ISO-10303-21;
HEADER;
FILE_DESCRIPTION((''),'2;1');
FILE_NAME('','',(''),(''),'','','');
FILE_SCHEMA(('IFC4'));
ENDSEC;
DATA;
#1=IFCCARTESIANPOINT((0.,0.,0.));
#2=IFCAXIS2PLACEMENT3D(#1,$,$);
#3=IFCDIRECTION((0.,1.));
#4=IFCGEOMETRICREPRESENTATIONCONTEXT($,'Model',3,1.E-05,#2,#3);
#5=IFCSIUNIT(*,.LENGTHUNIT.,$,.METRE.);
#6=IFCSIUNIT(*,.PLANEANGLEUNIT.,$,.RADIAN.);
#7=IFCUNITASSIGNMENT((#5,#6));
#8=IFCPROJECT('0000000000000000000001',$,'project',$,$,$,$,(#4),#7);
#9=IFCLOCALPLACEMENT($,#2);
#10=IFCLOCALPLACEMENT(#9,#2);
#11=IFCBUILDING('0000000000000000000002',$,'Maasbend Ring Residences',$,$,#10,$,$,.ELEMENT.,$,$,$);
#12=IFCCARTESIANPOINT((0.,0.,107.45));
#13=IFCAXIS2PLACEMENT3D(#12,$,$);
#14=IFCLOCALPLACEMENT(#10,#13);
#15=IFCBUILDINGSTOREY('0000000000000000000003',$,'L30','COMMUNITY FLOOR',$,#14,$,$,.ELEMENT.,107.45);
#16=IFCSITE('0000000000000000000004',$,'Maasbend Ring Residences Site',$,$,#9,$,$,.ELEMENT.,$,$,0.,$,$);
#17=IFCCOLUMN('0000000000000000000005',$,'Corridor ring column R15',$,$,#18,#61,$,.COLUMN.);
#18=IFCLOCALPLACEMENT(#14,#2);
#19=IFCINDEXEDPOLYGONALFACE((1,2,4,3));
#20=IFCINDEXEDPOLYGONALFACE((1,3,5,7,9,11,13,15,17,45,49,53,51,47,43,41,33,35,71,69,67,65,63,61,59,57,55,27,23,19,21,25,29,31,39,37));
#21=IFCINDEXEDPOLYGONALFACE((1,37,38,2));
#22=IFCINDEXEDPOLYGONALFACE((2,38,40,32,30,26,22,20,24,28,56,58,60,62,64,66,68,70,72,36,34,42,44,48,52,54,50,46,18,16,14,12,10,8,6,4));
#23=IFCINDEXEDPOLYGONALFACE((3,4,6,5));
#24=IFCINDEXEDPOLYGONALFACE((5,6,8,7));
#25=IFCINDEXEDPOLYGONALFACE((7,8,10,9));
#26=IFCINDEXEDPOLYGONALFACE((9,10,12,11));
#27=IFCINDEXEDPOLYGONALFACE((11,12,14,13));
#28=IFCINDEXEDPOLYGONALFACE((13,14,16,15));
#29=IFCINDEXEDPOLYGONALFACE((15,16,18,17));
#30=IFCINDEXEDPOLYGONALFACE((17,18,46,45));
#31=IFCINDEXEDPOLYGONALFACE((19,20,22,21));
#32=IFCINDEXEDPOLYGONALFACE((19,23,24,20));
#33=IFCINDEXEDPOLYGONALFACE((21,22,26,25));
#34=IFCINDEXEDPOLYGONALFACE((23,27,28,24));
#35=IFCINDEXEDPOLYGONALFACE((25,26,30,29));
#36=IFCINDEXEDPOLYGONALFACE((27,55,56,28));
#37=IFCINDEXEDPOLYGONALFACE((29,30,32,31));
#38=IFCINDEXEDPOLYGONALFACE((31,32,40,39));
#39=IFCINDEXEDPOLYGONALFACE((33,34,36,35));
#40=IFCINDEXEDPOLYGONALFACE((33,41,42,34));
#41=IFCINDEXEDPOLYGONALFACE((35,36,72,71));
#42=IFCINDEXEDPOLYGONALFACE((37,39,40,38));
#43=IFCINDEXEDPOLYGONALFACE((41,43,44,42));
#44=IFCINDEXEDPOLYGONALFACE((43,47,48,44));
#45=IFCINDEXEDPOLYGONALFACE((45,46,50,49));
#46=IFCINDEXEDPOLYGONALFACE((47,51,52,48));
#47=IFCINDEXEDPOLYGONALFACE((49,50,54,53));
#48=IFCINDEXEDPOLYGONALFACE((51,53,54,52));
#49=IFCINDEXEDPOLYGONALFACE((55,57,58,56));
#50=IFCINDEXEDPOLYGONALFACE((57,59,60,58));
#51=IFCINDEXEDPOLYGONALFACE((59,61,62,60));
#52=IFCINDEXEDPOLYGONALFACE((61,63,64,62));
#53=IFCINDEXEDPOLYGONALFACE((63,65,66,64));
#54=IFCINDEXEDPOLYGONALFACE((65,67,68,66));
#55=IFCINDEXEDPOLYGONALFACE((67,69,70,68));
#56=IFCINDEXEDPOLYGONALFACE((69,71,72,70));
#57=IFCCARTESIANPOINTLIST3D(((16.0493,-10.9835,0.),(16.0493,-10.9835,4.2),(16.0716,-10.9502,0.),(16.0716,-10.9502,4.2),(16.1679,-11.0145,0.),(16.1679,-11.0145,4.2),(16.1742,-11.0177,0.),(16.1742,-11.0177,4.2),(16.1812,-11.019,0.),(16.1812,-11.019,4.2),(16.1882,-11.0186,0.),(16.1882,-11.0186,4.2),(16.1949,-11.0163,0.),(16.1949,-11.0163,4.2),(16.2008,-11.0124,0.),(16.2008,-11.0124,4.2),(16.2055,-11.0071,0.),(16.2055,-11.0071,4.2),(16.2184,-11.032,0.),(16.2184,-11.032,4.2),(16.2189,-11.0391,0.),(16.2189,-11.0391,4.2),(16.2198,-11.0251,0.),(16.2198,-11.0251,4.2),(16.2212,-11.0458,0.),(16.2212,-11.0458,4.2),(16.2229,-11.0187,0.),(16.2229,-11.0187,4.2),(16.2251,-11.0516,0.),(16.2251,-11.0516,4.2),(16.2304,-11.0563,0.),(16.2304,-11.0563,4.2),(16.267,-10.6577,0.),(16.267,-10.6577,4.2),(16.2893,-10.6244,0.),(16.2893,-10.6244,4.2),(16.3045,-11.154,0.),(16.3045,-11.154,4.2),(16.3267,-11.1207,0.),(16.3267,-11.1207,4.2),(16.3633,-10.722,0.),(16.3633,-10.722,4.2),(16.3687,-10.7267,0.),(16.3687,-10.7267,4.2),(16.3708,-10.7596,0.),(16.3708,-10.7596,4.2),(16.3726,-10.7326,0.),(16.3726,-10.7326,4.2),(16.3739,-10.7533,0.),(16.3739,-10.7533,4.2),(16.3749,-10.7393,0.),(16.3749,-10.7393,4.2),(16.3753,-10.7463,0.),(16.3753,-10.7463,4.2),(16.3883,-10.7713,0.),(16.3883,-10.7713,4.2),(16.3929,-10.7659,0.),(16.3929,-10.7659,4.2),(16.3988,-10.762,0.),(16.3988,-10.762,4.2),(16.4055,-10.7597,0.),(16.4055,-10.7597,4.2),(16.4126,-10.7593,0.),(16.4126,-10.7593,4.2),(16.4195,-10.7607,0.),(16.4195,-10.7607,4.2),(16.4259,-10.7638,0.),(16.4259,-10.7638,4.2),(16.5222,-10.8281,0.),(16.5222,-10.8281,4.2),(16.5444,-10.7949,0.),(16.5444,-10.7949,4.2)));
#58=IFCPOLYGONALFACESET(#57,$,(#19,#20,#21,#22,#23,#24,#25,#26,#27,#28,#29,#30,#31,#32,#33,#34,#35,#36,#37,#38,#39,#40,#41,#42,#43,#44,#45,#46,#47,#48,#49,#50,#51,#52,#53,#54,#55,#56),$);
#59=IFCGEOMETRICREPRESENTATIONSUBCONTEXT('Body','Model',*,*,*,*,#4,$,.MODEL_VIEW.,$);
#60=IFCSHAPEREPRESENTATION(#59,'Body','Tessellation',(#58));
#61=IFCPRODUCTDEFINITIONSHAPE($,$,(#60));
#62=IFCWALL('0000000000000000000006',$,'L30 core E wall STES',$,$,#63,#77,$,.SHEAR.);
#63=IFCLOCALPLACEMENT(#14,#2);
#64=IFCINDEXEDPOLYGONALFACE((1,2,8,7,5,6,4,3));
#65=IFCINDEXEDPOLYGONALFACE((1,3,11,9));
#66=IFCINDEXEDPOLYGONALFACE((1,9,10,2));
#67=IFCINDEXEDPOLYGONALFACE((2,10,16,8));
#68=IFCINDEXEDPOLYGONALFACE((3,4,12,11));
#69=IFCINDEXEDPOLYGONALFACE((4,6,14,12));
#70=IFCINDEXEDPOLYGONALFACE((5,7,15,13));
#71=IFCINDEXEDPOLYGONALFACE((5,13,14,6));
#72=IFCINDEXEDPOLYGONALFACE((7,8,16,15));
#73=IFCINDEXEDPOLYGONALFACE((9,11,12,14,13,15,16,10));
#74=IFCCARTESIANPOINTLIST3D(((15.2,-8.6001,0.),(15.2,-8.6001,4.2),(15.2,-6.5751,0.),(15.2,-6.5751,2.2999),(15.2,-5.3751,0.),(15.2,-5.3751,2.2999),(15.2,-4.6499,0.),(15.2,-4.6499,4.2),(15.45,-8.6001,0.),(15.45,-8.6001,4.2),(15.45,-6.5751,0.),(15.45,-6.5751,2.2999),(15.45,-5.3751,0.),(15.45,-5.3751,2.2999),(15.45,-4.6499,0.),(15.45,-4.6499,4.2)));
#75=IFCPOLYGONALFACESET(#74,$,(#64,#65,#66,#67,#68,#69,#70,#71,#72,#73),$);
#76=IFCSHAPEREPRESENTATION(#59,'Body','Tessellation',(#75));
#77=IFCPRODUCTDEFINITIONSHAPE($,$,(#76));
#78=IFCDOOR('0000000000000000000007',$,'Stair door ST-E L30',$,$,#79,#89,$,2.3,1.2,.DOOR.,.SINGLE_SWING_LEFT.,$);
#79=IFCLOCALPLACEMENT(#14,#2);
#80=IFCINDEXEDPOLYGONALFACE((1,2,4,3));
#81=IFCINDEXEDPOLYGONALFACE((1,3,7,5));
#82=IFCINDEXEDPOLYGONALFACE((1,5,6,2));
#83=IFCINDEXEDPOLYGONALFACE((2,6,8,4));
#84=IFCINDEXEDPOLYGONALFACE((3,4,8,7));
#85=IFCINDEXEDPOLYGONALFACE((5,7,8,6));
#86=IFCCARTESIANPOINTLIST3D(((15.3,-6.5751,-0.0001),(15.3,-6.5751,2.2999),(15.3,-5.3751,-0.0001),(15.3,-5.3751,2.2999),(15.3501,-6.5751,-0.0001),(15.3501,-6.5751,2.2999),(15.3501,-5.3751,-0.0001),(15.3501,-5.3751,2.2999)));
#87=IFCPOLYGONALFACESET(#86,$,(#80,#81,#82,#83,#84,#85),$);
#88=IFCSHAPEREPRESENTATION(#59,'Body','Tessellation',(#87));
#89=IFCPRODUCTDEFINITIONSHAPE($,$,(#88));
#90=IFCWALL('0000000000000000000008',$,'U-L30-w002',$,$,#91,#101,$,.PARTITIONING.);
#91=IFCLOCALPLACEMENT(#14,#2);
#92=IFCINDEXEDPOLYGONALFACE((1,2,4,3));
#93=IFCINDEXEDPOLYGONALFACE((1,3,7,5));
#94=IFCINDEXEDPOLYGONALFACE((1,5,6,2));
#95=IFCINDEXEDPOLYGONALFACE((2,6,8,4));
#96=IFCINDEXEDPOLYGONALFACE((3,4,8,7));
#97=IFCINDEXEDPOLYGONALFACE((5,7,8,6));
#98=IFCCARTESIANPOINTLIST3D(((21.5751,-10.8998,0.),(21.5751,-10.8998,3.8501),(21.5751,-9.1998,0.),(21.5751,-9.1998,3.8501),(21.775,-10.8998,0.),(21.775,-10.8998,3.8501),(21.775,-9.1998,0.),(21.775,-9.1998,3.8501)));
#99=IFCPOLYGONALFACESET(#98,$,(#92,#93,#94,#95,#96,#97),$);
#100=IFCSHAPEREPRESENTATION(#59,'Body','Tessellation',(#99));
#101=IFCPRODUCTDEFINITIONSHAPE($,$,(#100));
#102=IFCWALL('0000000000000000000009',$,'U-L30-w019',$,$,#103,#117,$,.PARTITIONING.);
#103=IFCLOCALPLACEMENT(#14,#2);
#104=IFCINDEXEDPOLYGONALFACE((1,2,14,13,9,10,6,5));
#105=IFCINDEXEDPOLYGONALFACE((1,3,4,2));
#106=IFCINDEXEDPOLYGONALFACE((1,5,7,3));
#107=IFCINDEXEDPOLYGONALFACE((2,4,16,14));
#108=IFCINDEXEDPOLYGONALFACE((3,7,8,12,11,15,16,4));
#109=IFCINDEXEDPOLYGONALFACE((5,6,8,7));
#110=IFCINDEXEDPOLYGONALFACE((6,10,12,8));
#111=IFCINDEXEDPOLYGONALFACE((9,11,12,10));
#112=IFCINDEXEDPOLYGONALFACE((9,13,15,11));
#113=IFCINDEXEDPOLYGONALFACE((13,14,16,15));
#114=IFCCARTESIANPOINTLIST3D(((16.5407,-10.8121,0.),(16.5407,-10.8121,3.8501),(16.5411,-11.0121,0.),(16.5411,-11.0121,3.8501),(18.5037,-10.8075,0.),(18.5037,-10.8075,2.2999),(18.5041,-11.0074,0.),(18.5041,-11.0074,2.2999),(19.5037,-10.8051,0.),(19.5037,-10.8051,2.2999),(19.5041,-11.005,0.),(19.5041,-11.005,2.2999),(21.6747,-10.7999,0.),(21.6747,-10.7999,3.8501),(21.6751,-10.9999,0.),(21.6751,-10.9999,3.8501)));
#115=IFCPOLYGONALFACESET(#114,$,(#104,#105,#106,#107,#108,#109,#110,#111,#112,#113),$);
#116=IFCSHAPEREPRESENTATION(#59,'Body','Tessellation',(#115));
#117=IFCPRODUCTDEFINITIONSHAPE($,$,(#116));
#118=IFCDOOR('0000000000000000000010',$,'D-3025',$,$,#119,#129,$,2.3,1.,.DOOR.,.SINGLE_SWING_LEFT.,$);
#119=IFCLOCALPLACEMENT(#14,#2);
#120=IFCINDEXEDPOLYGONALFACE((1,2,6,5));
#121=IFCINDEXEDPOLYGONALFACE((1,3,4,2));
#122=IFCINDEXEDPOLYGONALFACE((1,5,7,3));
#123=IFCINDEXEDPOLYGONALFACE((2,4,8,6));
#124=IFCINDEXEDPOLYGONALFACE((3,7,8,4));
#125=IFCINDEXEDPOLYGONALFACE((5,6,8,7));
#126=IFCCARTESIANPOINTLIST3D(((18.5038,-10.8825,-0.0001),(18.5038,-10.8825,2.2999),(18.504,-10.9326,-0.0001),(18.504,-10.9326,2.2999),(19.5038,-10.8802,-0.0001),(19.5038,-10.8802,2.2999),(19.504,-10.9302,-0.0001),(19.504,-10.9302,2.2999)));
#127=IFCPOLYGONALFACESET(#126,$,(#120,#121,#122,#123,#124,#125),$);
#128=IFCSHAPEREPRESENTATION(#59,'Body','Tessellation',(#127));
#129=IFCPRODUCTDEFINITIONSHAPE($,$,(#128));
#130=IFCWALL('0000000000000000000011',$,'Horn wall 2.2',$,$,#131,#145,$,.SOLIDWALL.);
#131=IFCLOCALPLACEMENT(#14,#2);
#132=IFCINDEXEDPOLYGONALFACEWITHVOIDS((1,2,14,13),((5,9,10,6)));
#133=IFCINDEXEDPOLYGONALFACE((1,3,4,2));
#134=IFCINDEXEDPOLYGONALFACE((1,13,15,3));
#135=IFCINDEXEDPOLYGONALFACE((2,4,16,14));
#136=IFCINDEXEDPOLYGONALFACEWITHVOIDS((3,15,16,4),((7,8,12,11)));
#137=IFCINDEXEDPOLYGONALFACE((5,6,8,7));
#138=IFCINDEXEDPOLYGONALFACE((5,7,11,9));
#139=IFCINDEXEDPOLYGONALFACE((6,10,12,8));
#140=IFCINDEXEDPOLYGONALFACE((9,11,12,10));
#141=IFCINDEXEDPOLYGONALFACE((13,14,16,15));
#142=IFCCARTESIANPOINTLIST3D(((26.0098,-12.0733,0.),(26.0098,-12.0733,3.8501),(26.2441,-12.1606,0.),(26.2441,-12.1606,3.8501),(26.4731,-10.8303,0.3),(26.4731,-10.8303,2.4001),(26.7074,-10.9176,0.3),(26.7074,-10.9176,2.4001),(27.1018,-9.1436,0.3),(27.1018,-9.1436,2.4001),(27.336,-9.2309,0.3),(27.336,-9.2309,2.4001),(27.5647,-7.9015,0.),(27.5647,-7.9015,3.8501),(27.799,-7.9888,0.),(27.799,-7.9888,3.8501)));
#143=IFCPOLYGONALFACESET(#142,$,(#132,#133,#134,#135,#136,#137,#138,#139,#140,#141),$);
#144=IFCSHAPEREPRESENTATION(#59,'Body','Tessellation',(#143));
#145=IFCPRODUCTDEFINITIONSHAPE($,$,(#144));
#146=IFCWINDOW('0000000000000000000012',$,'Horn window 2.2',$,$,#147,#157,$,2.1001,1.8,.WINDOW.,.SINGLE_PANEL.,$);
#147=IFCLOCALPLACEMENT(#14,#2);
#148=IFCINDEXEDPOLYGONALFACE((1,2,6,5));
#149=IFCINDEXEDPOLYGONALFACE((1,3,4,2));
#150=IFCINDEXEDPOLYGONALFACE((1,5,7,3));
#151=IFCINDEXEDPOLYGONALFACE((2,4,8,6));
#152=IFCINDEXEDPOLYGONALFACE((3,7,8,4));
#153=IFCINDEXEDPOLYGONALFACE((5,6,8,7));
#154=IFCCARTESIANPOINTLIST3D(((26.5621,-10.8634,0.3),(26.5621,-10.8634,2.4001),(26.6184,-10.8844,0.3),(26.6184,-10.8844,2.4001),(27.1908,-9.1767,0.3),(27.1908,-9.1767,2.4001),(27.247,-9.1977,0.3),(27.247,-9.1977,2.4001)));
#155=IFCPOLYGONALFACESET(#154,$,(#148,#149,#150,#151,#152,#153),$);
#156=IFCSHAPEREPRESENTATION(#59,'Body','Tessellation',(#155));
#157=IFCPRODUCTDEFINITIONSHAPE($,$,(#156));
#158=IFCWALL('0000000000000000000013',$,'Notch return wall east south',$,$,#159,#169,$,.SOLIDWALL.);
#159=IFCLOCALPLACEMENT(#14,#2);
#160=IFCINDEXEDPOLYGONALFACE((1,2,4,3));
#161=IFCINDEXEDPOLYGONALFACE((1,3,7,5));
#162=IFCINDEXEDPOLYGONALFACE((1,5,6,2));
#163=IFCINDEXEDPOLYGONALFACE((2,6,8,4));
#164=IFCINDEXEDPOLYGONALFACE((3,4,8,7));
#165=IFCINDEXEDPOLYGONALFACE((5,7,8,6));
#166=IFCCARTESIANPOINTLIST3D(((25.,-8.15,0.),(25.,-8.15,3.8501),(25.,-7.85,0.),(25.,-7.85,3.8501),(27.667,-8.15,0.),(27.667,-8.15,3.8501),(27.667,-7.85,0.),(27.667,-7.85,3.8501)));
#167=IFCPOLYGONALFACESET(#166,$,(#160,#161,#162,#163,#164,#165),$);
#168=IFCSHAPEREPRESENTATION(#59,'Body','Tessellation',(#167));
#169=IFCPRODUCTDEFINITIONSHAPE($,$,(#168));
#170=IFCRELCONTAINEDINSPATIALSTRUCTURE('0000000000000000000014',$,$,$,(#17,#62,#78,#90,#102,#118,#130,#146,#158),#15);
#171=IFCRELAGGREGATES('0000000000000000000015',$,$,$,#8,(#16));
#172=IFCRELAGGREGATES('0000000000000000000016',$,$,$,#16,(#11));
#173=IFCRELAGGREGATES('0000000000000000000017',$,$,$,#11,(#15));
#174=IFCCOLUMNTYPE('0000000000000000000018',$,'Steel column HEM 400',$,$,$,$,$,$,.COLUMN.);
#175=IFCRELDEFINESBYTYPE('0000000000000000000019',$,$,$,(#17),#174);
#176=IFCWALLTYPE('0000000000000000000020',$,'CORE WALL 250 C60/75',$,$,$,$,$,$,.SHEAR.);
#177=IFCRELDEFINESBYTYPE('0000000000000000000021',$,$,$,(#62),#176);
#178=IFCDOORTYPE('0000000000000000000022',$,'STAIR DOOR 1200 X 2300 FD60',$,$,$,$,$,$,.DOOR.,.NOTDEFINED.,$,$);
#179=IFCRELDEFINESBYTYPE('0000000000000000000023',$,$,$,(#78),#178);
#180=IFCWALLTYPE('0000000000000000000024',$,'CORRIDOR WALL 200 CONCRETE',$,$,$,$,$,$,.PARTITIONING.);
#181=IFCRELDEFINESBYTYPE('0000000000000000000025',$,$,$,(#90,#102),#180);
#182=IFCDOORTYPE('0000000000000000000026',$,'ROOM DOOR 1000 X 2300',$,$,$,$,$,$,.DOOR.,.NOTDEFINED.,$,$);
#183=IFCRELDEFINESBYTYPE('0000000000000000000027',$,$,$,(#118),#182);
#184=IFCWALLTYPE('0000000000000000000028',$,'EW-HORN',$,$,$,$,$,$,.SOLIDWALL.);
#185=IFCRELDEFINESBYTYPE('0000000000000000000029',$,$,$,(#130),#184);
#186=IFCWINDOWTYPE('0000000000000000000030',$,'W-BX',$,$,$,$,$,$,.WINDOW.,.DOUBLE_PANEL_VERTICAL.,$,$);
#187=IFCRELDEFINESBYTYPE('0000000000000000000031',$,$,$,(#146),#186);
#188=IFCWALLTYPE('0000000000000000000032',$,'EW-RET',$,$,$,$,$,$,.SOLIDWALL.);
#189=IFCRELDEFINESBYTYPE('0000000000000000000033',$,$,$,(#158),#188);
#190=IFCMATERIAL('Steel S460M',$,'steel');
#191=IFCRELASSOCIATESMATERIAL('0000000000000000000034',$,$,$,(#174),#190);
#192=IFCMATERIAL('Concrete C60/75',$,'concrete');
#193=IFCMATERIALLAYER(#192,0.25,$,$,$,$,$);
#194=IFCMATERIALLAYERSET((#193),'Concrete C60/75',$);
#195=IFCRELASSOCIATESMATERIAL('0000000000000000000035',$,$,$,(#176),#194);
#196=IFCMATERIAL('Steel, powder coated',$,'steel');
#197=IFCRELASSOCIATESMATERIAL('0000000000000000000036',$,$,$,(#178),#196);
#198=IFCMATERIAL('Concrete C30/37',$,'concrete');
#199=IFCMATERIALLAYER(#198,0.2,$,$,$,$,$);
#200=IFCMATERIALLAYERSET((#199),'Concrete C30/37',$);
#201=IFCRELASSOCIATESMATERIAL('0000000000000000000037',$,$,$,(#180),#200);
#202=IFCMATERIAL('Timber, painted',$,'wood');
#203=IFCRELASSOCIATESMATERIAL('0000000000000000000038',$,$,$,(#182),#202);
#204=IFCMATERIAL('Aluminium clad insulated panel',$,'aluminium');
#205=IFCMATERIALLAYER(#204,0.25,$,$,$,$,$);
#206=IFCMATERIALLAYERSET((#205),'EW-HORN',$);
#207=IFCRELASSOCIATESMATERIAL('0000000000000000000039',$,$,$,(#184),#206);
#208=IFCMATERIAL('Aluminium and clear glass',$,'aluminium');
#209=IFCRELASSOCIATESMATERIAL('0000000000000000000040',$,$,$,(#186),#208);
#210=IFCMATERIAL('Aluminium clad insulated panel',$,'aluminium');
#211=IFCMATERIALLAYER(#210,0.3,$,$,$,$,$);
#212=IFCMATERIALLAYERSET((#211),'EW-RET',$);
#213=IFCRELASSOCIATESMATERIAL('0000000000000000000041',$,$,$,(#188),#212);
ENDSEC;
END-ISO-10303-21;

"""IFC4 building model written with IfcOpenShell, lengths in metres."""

from ifc_helpers import new_model, si_unit, direction, frame, frame_2d, origin, origin_2d, place, context, subcontext, project, spatial, rectangle, i_section, extrude, material, layer, layer_set, material_profile, profile_set, type_object, element, fill, save


model = new_model("IFC4")

# Units and contexts
model_context = context("Model", 3, precision=1e-05, world=origin(), true_north=direction((0.0, 1.0)))
body_context = subcontext(model_context, "Body", "Model", "MODEL_VIEW")
ifc_project = project(units=[si_unit("LENGTHUNIT", "METRE"), si_unit("PLANEANGLEUNIT", "RADIAN")], contexts=[model_context])

# Site, building, storey
site_placement = place(None, origin())
site = spatial("IfcSite", under=ifc_project, at=site_placement, Name="Maasbend Ring Residences Site", CompositionType="ELEMENT", RefElevation=0.0)
building_placement = place(site_placement, origin())
building = spatial("IfcBuilding", under=site, at=building_placement, Name="Maasbend Ring Residences", CompositionType="ELEMENT")
storey_placement = place(building_placement, frame((0.0, 0.0, 107.45)))
storey = spatial("IfcBuildingStorey", under=building, at=storey_placement, Name="L30", Description="COMMUNITY FLOOR", CompositionType="ELEMENT", Elevation=107.45)

# Column
ifc_material_1 = material(Name="Steel S460M", Category="steel")
ifc_material_profile = material_profile(ifc_material_1, i_section(OverallWidth=0.3069, OverallDepth=0.4319, WebThickness=0.021, FlangeThickness=0.04, FilletRadius=0.0271, at=origin_2d()), Name="HEM 400")
ifc_profile_set = profile_set([ifc_material_profile], Name="Steel S460M")
column_type = type_object("IfcColumnType", Name="Steel column HEM 400", PredefinedType="COLUMN", material=ifc_profile_set)
column_placement = place(storey_placement, frame((16.2969, -10.8892, 0.0), z_axis=(0.0, 0.0, 1.0), x_axis=(0.83147, -0.55557, 0.0)))
element("IfcColumn", 1, at=column_placement, inside=storey, type_object=column_type, Name="Corridor ring column R15", PredefinedType="COLUMN", context=body_context, shape_type="SweptSolid", body=[
    extrude(i_section(OverallWidth=0.3069, OverallDepth=0.4319, WebThickness=0.021, FlangeThickness=0.04, FilletRadius=0.0271, at=origin_2d()), origin(), (0.0, 0.0, 1.0), 4.2),
])

# Wall, opening, door
ifc_material_2 = material(Name="Concrete C60/75", Category="concrete")
ifc_layer_1 = layer(ifc_material_2, 0.25)
ifc_layer_set_1 = layer_set([ifc_layer_1], Name="Concrete C60/75")
wall_type_1 = type_object("IfcWallType", Name="CORE WALL 250 C60/75", PredefinedType="SHEAR", material=ifc_layer_set_1)
wall_1_placement = place(storey_placement, frame((15.325, -8.6001, 0.0), z_axis=(0.0, 0.0, 1.0), x_axis=(0.0, 1.0, 0.0)))
wall_1 = element("IfcWall", 2, at=wall_1_placement, inside=storey, type_object=wall_type_1, Name="L30 core E wall STES", PredefinedType="SHEAR", context=body_context, shape_type="SweptSolid", body=[
    extrude(rectangle(XDim=3.9502, YDim=0.25, at=frame_2d((1.9751, 0.0))), origin(), (0.0, 0.0, 1.0), 4.2),
])
opening_1_placement = place(wall_1_placement, frame((2.0249, 0.0, 0.0)))
opening_1 = element("IfcOpeningElement", 3, at=opening_1_placement, cuts=wall_1, PredefinedType="OPENING", context=body_context, shape_type="SweptSolid", body=[
    extrude(rectangle(XDim=1.2, YDim=2.3, at=frame_2d((0.6001, 1.1499))), frame((0.0, 0.135, 0.0), z_axis=(0.0, -1.0, 0.0), x_axis=(1.0, 0.0, 0.0)), (0.0, 0.0, 1.0), 0.27),
])
ifc_material_3 = material(Name="Steel, powder coated", Category="steel")
door_type_1 = type_object("IfcDoorType", Name="STAIR DOOR 1200 X 2300 FD60", OperationType="NOTDEFINED", PredefinedType="DOOR", material=ifc_material_3)
door_1_placement = place(opening_1_placement, origin())
door_1 = element("IfcDoor", 4, at=door_1_placement, inside=storey, type_object=door_type_1, Name="Stair door ST-E L30", OperationType="SINGLE_SWING_LEFT", OverallHeight=2.3, OverallWidth=1.2, PredefinedType="DOOR", context=body_context, shape_type="SweptSolid", body=[
    extrude(rectangle(XDim=1.2, YDim=2.3, at=frame_2d((0.6001, 1.1499))), frame((0.0, 0.0249, 0.0), z_axis=(0.0, -1.0, 0.0), x_axis=(1.0, 0.0, 0.0)), (0.0, 0.0, 1.0), 0.05),
])
fill(opening_1, door_1)

# Wall
ifc_material_4 = material(Name="Concrete C30/37", Category="concrete")
ifc_layer_2 = layer(ifc_material_4, 0.2)
ifc_layer_set_2 = layer_set([ifc_layer_2], Name="Concrete C30/37")
wall_type_2 = type_object("IfcWallType", Name="CORRIDOR WALL 200 CONCRETE", PredefinedType="PARTITIONING", material=ifc_layer_set_2)
wall_2_placement = place(storey_placement, frame((21.675, -10.8999, 0.0), z_axis=(0.0, 0.0, 1.0), x_axis=(0.0, 1.0, 0.0)))
element("IfcWall", 5, at=wall_2_placement, inside=storey, type_object=wall_type_2, Name="U-L30-w002", PredefinedType="PARTITIONING", context=body_context, shape_type="SweptSolid", body=[
    extrude(rectangle(XDim=1.7, YDim=0.2, at=frame_2d((0.8501, 0.0))), origin(), (0.0, 0.0, 1.0), 3.8501),
])

# Wall, opening, door
wall_3_placement = place(storey_placement, frame((16.541, -10.9121, 0.0), z_axis=(0.0, 0.0, 1.0), x_axis=(0.999997, 0.002378, 0.0)))
wall_3 = element("IfcWall", 6, at=wall_3_placement, inside=storey, type_object=wall_type_2, Name="U-L30-w019", PredefinedType="PARTITIONING", context=body_context, shape_type="SweptSolid", body=[
    extrude(rectangle(XDim=5.134, YDim=0.2, at=frame_2d((2.5669, 0.0))), origin(), (0.0, 0.0, 1.0), 3.8501),
])
opening_2_placement = place(wall_3_placement, frame((1.9629, 0.0, 0.0)))
opening_2 = element("IfcOpeningElement", 7, at=opening_2_placement, cuts=wall_3, PredefinedType="OPENING", context=body_context, shape_type="SweptSolid", body=[
    extrude(rectangle(XDim=1.0, YDim=2.3, at=frame_2d((0.5, 1.1499))), frame((0.0, 0.1099, 0.0), z_axis=(0.0, -1.0, 0.0), x_axis=(1.0, 0.0, 0.0)), (0.0, 0.0, 1.0), 0.22),
])
ifc_material_5 = material(Name="Timber, painted", Category="wood")
door_type_2 = type_object("IfcDoorType", Name="ROOM DOOR 1000 X 2300", OperationType="NOTDEFINED", PredefinedType="DOOR", material=ifc_material_5)
door_2_placement = place(opening_2_placement, origin())
door_2 = element("IfcDoor", 8, at=door_2_placement, inside=storey, type_object=door_type_2, Name="D-3025", OperationType="SINGLE_SWING_LEFT", OverallHeight=2.3, OverallWidth=1.0, PredefinedType="DOOR", context=body_context, shape_type="SweptSolid", body=[
    extrude(rectangle(XDim=1.0, YDim=2.3, at=frame_2d((0.5, 1.1499))), frame((0.0, 0.0249, 0.0), z_axis=(0.0, -1.0, 0.0), x_axis=(1.0, 0.0, 0.0)), (0.0, 0.0, 1.0), 0.05),
])
fill(opening_2, door_2)

# Wall, opening, window
ifc_material_6 = material(Name="Aluminium clad insulated panel", Category="aluminium")
ifc_layer_3 = layer(ifc_material_6, 0.25)
ifc_layer_set_3 = layer_set([ifc_layer_3], Name="EW-HORN")
wall_type_3 = type_object("IfcWallType", Name="EW-HORN", PredefinedType="SOLIDWALL", material=ifc_layer_set_3)
wall_4_placement = place(storey_placement, frame((26.127, -12.1169, 0.0), z_axis=(0.0, 0.0, 1.0), x_axis=(0.349248, 0.93703, 0.0)))
wall_4 = element("IfcWall", 9, at=wall_4_placement, inside=storey, type_object=wall_type_3, Name="Horn wall 2.2", PredefinedType="SOLIDWALL", context=body_context, shape_type="SweptSolid", body=[
    extrude(rectangle(XDim=4.4521, YDim=0.25, at=frame_2d((2.2261, 0.0))), origin(), (0.0, 0.0, 1.0), 3.8501),
])
opening_3_placement = place(wall_4_placement, frame((1.3267, 0.0, 0.3)))
opening_3 = element("IfcOpeningElement", 10, at=opening_3_placement, cuts=wall_4, PredefinedType="OPENING", context=body_context, shape_type="SweptSolid", body=[
    extrude(rectangle(XDim=1.8, YDim=2.1001, at=frame_2d((0.8999, 1.05))), frame((0.0, 0.135, 0.0), z_axis=(0.0, -1.0, 0.0), x_axis=(1.0, 0.0, 0.0)), (0.0, 0.0, 1.0), 0.27),
])
ifc_material_7 = material(Name="Aluminium and clear glass", Category="aluminium")
window_type_1 = type_object("IfcWindowType", Name="W-BX", PartitioningType="DOUBLE_PANEL_VERTICAL", PredefinedType="WINDOW", material=ifc_material_7)
window_1_placement = place(opening_3_placement, origin())
window_1 = element("IfcWindow", 11, at=window_1_placement, inside=storey, type_object=window_type_1, Name="Horn window 2.2", OverallHeight=2.1001, OverallWidth=1.8, PartitioningType="SINGLE_PANEL", PredefinedType="WINDOW", context=body_context, shape_type="SweptSolid", body=[
    extrude(rectangle(XDim=1.8, YDim=2.1001, at=frame_2d((0.8999, 1.05))), frame((0.0, 0.03, 0.0), z_axis=(0.0, -1.0, 0.0), x_axis=(1.0, 0.0, 0.0)), (0.0, 0.0, 1.0), 0.0601),
])
fill(opening_3, window_1)

# Wall
ifc_material_8 = material(Name="Aluminium clad insulated panel", Category="aluminium")
ifc_layer_4 = layer(ifc_material_8, 0.3)
ifc_layer_set_4 = layer_set([ifc_layer_4], Name="EW-RET")
wall_type_4 = type_object("IfcWallType", Name="EW-RET", PredefinedType="SOLIDWALL", material=ifc_layer_set_4)
wall_5_placement = place(storey_placement, frame((25.0, -8.0, 0.0), z_axis=(0.0, 0.0, 1.0), x_axis=(1.0, 0.0, 0.0)))
element("IfcWall", 12, at=wall_5_placement, inside=storey, type_object=wall_type_4, Name="Notch return wall east south", PredefinedType="SOLIDWALL", context=body_context, shape_type="SweptSolid", body=[
    extrude(rectangle(XDim=2.667, YDim=0.3, at=frame_2d((1.3335, 0.0))), origin(), (0.0, 0.0, 1.0), 3.8501),
])

save(model, "model.ifc")
